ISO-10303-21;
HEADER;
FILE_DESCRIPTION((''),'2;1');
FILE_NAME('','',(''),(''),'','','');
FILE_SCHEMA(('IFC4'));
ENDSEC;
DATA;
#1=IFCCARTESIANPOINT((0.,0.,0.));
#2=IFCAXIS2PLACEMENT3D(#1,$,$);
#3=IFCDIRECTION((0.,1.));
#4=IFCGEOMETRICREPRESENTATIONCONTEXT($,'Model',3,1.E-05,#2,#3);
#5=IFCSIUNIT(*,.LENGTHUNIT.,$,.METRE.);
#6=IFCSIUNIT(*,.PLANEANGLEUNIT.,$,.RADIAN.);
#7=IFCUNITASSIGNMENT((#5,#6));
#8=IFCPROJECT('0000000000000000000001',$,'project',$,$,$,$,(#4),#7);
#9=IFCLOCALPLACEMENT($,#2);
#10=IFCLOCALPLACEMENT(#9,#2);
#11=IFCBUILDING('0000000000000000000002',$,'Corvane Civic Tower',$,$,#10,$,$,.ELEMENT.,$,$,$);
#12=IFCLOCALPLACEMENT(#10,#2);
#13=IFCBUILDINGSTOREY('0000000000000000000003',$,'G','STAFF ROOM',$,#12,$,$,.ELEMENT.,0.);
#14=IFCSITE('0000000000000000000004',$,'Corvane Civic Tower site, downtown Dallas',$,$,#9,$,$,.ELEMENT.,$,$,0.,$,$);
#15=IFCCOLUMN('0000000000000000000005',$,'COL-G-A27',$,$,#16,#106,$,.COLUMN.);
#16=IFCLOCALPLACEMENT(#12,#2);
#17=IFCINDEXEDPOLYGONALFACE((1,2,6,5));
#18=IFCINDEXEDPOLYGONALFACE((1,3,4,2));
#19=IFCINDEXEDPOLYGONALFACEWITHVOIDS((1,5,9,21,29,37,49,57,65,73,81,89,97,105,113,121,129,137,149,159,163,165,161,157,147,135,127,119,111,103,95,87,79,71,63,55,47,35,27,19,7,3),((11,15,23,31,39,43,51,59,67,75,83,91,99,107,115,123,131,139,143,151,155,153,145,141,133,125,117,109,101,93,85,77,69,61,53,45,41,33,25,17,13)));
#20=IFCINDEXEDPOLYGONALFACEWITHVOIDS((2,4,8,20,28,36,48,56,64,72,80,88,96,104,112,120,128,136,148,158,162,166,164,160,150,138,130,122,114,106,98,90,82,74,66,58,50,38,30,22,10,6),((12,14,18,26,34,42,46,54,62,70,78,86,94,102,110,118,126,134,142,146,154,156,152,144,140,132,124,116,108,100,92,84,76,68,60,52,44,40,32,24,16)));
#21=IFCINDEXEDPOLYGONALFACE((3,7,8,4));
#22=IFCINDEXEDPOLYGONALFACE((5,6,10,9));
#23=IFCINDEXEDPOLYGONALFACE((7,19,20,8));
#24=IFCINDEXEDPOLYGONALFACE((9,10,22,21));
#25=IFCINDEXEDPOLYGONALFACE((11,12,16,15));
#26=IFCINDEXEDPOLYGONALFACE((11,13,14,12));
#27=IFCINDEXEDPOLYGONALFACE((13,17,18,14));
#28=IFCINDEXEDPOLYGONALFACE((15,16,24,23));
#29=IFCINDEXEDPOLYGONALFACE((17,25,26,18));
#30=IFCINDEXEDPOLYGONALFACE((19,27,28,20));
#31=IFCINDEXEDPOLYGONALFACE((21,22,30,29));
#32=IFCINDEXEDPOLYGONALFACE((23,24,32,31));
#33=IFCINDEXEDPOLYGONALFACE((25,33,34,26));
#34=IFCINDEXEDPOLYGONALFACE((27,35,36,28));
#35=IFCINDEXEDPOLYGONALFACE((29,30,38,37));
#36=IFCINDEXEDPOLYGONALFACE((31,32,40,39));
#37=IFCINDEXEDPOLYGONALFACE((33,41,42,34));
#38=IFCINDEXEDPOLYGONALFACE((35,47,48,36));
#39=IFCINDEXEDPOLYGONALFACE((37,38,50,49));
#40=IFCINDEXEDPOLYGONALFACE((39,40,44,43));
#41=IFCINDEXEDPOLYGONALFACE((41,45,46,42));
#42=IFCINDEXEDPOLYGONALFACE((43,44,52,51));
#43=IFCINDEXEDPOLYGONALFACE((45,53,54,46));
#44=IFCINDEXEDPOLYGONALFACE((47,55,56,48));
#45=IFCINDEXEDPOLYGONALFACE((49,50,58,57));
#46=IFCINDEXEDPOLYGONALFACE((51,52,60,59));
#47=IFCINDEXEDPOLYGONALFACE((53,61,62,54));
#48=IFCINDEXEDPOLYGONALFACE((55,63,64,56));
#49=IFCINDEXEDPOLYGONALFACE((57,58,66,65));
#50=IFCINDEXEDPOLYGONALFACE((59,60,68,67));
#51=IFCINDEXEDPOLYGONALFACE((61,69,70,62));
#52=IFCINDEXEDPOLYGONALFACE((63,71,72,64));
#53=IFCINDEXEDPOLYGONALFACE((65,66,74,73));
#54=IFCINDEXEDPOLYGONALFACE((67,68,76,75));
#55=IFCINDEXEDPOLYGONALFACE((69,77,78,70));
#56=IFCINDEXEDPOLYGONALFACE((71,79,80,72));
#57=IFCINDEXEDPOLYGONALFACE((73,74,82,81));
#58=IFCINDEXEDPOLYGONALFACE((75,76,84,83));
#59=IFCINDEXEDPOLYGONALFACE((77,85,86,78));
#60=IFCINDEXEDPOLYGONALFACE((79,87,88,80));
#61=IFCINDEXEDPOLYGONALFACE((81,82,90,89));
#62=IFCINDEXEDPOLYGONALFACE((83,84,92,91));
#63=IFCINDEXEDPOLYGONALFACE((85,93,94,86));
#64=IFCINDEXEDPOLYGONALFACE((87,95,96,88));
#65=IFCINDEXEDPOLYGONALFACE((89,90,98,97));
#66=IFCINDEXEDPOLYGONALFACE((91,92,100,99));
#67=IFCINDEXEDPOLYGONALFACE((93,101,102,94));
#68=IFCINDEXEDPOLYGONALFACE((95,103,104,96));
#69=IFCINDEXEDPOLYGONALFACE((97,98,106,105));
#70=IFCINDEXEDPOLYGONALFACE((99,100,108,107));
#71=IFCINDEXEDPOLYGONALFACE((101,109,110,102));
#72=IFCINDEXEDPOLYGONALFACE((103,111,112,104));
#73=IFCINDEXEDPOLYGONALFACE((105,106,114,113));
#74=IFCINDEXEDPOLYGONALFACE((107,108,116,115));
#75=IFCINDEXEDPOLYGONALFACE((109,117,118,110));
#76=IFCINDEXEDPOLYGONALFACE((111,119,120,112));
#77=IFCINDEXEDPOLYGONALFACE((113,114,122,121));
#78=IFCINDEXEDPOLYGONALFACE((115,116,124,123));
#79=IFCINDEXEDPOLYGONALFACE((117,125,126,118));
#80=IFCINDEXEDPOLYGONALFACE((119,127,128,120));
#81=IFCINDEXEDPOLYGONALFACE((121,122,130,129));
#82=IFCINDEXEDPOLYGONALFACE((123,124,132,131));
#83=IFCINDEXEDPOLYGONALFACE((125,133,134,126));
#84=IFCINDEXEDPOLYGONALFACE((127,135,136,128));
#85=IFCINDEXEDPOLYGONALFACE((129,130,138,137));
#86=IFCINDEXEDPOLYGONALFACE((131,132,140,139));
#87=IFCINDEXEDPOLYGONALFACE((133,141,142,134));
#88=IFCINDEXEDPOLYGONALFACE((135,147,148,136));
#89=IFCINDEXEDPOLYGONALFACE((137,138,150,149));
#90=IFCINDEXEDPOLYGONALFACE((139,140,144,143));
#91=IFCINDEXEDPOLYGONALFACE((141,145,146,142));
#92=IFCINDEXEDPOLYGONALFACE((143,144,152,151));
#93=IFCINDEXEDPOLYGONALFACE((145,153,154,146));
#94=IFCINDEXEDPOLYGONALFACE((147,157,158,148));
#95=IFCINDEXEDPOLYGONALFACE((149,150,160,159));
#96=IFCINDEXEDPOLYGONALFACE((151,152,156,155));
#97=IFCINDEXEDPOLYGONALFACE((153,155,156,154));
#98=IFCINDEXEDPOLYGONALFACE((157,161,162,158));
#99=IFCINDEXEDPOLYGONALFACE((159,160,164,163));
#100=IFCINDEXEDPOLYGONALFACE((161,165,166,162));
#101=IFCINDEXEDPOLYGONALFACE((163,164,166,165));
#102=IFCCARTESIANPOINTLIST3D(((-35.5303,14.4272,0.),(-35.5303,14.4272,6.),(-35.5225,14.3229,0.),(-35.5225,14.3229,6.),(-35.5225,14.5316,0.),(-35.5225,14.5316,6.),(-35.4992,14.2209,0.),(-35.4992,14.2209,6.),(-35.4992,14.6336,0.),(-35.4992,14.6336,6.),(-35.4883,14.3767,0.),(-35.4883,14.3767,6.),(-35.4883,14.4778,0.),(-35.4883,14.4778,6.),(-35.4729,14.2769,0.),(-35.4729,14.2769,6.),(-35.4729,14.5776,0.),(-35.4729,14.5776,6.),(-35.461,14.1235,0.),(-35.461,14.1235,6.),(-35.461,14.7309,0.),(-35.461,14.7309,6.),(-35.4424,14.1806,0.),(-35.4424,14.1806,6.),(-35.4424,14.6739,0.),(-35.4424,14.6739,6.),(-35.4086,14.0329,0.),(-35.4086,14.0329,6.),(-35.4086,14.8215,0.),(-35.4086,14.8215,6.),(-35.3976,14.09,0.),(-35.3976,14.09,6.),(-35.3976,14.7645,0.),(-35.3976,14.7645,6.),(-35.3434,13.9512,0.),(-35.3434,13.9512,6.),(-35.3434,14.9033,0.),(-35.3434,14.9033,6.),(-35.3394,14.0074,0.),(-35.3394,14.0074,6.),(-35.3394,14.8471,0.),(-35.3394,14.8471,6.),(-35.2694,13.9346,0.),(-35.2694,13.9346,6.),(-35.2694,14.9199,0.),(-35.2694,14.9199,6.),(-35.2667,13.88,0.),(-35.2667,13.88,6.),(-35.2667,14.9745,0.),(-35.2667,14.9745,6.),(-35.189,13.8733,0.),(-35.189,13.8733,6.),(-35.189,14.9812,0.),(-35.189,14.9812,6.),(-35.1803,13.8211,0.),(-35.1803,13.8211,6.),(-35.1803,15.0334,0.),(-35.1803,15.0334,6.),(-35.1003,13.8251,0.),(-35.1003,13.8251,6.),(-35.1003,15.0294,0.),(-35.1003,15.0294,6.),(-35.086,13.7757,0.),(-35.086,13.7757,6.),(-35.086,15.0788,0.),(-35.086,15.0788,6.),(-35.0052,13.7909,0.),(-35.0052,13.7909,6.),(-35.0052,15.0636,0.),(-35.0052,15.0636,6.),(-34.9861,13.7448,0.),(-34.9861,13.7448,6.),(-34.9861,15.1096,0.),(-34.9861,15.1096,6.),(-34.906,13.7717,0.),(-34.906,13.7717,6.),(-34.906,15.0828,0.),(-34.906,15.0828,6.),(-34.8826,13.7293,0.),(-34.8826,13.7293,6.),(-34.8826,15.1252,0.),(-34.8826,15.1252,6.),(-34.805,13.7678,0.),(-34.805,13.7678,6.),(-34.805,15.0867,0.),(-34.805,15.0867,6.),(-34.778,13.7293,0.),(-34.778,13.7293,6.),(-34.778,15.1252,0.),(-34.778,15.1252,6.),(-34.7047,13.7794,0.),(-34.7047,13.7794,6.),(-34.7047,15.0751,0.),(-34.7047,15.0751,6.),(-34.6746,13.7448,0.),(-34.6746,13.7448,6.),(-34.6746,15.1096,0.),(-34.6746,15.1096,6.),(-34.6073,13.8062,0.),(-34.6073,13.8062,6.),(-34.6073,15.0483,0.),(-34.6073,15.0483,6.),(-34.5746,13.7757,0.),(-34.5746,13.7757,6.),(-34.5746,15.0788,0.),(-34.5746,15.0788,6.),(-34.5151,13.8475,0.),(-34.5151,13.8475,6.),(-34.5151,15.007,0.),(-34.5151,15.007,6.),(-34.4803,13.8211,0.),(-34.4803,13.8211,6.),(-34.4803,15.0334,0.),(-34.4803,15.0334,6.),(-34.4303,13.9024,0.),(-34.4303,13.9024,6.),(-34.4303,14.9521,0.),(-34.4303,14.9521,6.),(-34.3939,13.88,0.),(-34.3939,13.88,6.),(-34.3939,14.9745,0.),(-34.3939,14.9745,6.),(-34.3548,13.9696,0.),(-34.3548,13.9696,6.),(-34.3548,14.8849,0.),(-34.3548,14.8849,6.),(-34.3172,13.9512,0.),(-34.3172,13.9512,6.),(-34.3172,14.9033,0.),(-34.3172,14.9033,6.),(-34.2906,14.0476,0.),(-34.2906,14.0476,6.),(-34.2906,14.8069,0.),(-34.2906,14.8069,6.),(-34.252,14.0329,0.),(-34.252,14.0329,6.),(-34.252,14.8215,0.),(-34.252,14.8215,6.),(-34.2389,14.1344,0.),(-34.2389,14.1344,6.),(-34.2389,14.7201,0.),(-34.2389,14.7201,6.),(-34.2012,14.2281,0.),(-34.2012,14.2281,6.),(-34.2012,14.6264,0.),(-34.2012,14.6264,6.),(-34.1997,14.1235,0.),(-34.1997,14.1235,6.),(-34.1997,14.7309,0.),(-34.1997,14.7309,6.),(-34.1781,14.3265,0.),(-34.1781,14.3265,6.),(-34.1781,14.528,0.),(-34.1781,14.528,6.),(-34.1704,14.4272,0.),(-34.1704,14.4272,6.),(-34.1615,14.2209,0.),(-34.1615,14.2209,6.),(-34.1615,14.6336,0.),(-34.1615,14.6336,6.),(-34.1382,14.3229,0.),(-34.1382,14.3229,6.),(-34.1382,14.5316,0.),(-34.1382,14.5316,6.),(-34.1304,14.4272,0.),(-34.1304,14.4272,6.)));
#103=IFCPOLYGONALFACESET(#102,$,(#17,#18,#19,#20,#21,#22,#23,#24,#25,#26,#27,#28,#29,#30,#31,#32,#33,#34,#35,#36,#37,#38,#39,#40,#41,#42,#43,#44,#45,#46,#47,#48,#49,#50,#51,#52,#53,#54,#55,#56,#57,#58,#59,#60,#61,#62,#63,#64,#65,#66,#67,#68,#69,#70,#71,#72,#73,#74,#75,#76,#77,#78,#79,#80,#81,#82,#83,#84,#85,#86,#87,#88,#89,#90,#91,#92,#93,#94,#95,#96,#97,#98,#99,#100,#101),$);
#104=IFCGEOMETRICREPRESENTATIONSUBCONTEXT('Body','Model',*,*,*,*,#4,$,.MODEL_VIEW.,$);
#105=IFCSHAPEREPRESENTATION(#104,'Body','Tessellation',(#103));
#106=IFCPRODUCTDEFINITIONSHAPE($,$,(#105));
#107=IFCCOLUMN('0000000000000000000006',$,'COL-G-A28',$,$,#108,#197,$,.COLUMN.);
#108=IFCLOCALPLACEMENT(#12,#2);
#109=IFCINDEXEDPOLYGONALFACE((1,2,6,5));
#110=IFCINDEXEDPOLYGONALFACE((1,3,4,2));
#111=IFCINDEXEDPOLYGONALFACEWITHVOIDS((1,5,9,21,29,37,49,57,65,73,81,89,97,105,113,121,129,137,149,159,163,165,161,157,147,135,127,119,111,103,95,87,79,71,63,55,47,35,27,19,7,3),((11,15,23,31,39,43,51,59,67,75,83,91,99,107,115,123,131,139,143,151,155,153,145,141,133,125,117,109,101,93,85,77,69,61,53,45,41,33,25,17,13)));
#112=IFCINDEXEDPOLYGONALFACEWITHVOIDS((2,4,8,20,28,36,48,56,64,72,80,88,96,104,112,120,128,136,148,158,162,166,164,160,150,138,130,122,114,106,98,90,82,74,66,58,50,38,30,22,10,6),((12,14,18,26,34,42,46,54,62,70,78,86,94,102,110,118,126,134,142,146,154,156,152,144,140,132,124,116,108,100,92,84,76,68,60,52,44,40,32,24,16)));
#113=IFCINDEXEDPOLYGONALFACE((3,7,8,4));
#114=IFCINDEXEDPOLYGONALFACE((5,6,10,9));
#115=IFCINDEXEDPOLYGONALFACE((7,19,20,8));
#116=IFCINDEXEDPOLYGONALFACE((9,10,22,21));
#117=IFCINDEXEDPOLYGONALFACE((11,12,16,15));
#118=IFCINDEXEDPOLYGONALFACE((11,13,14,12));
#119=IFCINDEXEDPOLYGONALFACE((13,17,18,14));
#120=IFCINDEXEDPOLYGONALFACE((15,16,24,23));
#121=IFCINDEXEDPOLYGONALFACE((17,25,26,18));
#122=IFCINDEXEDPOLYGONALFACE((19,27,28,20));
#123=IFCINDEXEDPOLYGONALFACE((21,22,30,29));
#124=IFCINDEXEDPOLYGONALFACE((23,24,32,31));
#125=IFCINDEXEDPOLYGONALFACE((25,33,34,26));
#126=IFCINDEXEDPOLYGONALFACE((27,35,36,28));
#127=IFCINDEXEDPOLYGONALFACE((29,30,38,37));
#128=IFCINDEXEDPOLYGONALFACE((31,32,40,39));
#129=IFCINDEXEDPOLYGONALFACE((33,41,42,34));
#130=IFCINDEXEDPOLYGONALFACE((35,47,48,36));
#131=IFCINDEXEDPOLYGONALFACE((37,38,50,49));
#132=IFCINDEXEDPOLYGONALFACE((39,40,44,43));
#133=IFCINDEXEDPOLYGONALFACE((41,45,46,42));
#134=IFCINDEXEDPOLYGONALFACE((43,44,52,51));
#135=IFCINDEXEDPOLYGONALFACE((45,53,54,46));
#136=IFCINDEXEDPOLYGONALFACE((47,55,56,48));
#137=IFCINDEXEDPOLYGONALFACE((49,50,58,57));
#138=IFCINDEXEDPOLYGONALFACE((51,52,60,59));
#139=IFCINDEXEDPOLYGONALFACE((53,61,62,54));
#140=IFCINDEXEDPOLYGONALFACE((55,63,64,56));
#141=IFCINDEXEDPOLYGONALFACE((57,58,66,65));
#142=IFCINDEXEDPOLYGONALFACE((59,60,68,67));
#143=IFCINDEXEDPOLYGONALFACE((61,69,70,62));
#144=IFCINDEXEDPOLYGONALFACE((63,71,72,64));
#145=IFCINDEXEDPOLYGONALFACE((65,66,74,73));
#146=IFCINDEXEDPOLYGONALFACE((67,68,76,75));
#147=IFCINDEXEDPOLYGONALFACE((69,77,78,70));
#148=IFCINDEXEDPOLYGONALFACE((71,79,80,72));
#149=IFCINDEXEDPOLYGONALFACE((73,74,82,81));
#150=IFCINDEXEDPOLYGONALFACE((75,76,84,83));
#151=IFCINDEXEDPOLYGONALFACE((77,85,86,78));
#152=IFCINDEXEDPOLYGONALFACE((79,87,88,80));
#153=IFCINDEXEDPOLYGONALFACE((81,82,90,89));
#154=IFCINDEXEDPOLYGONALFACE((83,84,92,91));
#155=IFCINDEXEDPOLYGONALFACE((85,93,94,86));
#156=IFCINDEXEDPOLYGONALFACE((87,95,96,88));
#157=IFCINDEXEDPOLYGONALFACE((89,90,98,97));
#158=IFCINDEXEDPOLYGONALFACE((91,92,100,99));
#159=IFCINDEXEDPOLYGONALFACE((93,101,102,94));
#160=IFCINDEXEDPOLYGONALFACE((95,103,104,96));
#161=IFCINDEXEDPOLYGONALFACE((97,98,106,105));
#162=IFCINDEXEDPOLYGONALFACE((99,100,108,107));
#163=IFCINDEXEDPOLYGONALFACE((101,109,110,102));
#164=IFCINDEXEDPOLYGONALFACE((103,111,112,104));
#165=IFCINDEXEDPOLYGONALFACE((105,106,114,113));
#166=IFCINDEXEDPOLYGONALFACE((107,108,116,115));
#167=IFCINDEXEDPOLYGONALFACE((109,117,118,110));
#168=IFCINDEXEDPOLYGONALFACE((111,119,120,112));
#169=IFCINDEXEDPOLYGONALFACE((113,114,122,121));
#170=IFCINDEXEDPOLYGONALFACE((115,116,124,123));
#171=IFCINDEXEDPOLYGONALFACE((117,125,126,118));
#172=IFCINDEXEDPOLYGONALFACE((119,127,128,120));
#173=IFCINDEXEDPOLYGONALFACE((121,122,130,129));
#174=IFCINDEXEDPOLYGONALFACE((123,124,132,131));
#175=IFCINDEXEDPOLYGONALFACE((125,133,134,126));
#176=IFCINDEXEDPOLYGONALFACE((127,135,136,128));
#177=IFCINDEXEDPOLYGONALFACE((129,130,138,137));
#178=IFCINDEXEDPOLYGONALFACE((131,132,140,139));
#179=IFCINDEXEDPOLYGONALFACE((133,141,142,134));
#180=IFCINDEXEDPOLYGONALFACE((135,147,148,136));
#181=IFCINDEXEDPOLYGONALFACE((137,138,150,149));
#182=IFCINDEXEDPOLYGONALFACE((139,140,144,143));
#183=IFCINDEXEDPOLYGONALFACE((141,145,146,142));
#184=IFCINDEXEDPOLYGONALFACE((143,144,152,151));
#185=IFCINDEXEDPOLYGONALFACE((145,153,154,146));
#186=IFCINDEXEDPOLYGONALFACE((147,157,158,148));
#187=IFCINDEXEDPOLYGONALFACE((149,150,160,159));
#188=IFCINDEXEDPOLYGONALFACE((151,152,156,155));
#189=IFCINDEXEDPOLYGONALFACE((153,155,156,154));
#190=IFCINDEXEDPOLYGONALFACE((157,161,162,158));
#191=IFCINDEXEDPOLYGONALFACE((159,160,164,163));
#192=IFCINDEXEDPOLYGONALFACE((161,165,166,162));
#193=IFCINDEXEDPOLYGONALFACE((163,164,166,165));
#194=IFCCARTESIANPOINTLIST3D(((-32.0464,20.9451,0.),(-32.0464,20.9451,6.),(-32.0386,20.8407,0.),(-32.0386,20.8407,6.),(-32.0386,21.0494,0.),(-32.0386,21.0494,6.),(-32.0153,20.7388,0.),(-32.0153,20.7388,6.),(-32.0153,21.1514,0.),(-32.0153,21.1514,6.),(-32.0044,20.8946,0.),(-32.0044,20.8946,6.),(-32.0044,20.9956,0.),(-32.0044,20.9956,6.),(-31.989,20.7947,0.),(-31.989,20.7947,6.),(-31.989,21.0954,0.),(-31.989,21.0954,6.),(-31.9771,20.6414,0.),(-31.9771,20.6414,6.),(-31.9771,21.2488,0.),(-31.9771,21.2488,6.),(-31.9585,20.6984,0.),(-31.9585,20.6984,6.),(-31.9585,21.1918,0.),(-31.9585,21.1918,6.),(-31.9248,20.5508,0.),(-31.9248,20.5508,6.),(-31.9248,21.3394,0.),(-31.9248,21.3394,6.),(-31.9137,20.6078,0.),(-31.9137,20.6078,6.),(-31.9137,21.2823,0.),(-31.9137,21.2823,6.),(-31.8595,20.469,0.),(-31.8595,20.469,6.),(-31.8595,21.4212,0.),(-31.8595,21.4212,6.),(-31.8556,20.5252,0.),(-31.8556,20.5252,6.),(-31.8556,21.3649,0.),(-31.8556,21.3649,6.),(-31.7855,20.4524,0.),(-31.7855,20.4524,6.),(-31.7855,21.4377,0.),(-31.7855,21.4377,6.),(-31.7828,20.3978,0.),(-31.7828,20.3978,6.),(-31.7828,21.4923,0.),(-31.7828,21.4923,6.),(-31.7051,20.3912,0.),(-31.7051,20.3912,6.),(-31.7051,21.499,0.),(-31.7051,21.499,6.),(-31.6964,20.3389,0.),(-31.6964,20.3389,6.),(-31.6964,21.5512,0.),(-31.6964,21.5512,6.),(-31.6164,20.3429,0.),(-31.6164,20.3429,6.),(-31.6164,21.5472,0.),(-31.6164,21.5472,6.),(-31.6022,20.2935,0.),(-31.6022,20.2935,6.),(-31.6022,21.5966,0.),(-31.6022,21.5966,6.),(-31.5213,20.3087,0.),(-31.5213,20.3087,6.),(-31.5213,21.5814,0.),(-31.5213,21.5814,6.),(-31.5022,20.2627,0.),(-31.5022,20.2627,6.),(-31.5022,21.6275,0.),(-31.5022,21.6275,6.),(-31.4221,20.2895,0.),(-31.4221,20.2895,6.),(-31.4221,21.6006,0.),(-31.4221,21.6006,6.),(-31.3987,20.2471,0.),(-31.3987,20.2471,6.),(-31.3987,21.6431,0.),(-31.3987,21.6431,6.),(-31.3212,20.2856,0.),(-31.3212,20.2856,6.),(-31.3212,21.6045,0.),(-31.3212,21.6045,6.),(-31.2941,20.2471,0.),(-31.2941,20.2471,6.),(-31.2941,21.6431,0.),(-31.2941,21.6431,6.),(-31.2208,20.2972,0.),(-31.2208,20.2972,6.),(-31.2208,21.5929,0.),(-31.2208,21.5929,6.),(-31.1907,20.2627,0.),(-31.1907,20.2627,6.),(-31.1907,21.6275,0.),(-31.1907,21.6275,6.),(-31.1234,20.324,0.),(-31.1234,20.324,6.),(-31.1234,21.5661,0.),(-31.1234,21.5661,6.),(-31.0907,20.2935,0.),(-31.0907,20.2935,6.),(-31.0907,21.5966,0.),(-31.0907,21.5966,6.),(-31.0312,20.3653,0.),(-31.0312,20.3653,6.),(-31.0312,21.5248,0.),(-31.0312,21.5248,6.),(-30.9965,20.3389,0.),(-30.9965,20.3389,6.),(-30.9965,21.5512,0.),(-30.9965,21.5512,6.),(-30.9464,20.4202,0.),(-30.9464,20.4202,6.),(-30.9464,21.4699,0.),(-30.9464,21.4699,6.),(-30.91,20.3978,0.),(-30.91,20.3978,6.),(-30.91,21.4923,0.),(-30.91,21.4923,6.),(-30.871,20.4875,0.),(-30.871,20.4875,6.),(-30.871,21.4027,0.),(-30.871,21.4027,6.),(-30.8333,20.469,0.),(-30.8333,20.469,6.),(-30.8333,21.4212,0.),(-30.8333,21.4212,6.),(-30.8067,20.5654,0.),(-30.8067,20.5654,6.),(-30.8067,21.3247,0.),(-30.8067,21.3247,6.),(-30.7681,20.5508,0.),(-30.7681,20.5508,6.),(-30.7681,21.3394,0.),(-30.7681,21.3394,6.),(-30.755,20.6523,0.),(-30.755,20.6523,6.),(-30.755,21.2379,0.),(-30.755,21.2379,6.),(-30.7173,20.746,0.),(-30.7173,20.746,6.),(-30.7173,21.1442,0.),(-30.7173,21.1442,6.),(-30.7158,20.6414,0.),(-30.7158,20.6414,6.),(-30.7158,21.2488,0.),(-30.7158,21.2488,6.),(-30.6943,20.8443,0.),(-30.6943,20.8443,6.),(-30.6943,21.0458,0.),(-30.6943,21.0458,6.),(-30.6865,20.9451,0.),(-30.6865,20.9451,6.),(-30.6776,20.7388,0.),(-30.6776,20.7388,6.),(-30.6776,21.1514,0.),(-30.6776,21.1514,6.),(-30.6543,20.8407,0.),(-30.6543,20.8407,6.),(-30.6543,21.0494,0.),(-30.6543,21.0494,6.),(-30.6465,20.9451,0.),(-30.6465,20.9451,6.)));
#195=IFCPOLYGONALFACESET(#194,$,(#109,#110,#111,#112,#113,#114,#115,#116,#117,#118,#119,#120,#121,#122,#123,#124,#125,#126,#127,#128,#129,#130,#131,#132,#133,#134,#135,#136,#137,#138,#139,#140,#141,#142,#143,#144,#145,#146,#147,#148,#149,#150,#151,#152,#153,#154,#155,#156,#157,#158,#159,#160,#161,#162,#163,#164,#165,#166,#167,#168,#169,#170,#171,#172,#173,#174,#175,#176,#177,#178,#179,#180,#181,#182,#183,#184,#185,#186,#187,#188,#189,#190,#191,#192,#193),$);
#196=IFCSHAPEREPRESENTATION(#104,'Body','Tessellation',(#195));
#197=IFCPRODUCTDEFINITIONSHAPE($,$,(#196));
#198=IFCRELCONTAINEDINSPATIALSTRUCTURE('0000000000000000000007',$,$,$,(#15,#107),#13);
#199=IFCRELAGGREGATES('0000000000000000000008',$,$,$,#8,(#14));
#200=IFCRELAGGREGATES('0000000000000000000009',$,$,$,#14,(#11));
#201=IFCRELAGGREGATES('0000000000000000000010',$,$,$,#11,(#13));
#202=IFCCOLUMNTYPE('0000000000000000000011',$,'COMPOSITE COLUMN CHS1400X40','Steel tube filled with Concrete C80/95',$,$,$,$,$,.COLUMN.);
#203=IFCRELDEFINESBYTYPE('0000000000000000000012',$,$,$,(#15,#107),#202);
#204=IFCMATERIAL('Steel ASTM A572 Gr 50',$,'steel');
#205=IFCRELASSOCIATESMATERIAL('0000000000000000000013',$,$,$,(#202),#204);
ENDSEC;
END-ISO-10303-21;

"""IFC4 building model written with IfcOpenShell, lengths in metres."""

from ifc_helpers import new_model, si_unit, direction, frame, origin, origin_2d, place, context, subcontext, project, spatial, hollow_circle, extrude, material, material_profile, profile_set, type_object, element, save


model = new_model("IFC4")

# Units and contexts
model_context = context("Model", 3, precision=1e-05, world=origin(), true_north=direction((0.0, 1.0)))
body_context = subcontext(model_context, "Body", "Model", "MODEL_VIEW")
ifc_project = project(units=[si_unit("LENGTHUNIT", "METRE"), si_unit("PLANEANGLEUNIT", "RADIAN")], contexts=[model_context])

# Site, building, storey
site_placement = place(None, origin())
site = spatial("IfcSite", under=ifc_project, at=site_placement, Name="Corvane Civic Tower site, downtown Dallas", CompositionType="ELEMENT", RefElevation=0.0)
building_placement = place(site_placement, origin())
building = spatial("IfcBuilding", under=site, at=building_placement, Name="Corvane Civic Tower", CompositionType="ELEMENT")
storey_placement = place(building_placement, origin())
storey = spatial("IfcBuildingStorey", under=building, at=storey_placement, Name="G", Description="STAFF ROOM", CompositionType="ELEMENT", Elevation=0.0)

# Columns
ifc_material_1 = material(Name="Steel ASTM A572 Gr 50", Category="steel")
ifc_material_profile_1 = material_profile(ifc_material_1, hollow_circle(Radius=0.7, WallThickness=0.04, at=origin_2d()), Name="CHS1400X40")
ifc_profile_set_1 = profile_set([ifc_material_profile_1], Name="Steel ASTM A572 Gr 50")
column_type_1 = type_object("IfcColumnType", Name="COMPOSITE COLUMN CHS1400X40", Description="Steel tube filled with Concrete C80/95", PredefinedType="COLUMN", material=ifc_profile_set_1)
for number, where, z_axis, x_axis, name in (
    (1, (-34.8303, 14.4272, 0.0), (0.0, 0.0, 1.0), (1.0, 0.0, 0.0), "COL-G-A27"),
    (2, (-31.3464, 20.9451, 0.0), (0.0, 0.0, 1.0), (1.0, 0.0, 0.0), "COL-G-A28"),
):
    element("IfcColumn", number, at=place(storey_placement, frame(where, z_axis=z_axis, x_axis=x_axis)), inside=storey, type_object=column_type_1, Name=name, PredefinedType="COLUMN", context=body_context, shape_type="SweptSolid", body=[
        extrude(hollow_circle(Radius=0.7, WallThickness=0.04, at=origin_2d()), origin(), (0.0, 0.0, 1.0), 6.0),
    ])

save(model, "model.ifc")
